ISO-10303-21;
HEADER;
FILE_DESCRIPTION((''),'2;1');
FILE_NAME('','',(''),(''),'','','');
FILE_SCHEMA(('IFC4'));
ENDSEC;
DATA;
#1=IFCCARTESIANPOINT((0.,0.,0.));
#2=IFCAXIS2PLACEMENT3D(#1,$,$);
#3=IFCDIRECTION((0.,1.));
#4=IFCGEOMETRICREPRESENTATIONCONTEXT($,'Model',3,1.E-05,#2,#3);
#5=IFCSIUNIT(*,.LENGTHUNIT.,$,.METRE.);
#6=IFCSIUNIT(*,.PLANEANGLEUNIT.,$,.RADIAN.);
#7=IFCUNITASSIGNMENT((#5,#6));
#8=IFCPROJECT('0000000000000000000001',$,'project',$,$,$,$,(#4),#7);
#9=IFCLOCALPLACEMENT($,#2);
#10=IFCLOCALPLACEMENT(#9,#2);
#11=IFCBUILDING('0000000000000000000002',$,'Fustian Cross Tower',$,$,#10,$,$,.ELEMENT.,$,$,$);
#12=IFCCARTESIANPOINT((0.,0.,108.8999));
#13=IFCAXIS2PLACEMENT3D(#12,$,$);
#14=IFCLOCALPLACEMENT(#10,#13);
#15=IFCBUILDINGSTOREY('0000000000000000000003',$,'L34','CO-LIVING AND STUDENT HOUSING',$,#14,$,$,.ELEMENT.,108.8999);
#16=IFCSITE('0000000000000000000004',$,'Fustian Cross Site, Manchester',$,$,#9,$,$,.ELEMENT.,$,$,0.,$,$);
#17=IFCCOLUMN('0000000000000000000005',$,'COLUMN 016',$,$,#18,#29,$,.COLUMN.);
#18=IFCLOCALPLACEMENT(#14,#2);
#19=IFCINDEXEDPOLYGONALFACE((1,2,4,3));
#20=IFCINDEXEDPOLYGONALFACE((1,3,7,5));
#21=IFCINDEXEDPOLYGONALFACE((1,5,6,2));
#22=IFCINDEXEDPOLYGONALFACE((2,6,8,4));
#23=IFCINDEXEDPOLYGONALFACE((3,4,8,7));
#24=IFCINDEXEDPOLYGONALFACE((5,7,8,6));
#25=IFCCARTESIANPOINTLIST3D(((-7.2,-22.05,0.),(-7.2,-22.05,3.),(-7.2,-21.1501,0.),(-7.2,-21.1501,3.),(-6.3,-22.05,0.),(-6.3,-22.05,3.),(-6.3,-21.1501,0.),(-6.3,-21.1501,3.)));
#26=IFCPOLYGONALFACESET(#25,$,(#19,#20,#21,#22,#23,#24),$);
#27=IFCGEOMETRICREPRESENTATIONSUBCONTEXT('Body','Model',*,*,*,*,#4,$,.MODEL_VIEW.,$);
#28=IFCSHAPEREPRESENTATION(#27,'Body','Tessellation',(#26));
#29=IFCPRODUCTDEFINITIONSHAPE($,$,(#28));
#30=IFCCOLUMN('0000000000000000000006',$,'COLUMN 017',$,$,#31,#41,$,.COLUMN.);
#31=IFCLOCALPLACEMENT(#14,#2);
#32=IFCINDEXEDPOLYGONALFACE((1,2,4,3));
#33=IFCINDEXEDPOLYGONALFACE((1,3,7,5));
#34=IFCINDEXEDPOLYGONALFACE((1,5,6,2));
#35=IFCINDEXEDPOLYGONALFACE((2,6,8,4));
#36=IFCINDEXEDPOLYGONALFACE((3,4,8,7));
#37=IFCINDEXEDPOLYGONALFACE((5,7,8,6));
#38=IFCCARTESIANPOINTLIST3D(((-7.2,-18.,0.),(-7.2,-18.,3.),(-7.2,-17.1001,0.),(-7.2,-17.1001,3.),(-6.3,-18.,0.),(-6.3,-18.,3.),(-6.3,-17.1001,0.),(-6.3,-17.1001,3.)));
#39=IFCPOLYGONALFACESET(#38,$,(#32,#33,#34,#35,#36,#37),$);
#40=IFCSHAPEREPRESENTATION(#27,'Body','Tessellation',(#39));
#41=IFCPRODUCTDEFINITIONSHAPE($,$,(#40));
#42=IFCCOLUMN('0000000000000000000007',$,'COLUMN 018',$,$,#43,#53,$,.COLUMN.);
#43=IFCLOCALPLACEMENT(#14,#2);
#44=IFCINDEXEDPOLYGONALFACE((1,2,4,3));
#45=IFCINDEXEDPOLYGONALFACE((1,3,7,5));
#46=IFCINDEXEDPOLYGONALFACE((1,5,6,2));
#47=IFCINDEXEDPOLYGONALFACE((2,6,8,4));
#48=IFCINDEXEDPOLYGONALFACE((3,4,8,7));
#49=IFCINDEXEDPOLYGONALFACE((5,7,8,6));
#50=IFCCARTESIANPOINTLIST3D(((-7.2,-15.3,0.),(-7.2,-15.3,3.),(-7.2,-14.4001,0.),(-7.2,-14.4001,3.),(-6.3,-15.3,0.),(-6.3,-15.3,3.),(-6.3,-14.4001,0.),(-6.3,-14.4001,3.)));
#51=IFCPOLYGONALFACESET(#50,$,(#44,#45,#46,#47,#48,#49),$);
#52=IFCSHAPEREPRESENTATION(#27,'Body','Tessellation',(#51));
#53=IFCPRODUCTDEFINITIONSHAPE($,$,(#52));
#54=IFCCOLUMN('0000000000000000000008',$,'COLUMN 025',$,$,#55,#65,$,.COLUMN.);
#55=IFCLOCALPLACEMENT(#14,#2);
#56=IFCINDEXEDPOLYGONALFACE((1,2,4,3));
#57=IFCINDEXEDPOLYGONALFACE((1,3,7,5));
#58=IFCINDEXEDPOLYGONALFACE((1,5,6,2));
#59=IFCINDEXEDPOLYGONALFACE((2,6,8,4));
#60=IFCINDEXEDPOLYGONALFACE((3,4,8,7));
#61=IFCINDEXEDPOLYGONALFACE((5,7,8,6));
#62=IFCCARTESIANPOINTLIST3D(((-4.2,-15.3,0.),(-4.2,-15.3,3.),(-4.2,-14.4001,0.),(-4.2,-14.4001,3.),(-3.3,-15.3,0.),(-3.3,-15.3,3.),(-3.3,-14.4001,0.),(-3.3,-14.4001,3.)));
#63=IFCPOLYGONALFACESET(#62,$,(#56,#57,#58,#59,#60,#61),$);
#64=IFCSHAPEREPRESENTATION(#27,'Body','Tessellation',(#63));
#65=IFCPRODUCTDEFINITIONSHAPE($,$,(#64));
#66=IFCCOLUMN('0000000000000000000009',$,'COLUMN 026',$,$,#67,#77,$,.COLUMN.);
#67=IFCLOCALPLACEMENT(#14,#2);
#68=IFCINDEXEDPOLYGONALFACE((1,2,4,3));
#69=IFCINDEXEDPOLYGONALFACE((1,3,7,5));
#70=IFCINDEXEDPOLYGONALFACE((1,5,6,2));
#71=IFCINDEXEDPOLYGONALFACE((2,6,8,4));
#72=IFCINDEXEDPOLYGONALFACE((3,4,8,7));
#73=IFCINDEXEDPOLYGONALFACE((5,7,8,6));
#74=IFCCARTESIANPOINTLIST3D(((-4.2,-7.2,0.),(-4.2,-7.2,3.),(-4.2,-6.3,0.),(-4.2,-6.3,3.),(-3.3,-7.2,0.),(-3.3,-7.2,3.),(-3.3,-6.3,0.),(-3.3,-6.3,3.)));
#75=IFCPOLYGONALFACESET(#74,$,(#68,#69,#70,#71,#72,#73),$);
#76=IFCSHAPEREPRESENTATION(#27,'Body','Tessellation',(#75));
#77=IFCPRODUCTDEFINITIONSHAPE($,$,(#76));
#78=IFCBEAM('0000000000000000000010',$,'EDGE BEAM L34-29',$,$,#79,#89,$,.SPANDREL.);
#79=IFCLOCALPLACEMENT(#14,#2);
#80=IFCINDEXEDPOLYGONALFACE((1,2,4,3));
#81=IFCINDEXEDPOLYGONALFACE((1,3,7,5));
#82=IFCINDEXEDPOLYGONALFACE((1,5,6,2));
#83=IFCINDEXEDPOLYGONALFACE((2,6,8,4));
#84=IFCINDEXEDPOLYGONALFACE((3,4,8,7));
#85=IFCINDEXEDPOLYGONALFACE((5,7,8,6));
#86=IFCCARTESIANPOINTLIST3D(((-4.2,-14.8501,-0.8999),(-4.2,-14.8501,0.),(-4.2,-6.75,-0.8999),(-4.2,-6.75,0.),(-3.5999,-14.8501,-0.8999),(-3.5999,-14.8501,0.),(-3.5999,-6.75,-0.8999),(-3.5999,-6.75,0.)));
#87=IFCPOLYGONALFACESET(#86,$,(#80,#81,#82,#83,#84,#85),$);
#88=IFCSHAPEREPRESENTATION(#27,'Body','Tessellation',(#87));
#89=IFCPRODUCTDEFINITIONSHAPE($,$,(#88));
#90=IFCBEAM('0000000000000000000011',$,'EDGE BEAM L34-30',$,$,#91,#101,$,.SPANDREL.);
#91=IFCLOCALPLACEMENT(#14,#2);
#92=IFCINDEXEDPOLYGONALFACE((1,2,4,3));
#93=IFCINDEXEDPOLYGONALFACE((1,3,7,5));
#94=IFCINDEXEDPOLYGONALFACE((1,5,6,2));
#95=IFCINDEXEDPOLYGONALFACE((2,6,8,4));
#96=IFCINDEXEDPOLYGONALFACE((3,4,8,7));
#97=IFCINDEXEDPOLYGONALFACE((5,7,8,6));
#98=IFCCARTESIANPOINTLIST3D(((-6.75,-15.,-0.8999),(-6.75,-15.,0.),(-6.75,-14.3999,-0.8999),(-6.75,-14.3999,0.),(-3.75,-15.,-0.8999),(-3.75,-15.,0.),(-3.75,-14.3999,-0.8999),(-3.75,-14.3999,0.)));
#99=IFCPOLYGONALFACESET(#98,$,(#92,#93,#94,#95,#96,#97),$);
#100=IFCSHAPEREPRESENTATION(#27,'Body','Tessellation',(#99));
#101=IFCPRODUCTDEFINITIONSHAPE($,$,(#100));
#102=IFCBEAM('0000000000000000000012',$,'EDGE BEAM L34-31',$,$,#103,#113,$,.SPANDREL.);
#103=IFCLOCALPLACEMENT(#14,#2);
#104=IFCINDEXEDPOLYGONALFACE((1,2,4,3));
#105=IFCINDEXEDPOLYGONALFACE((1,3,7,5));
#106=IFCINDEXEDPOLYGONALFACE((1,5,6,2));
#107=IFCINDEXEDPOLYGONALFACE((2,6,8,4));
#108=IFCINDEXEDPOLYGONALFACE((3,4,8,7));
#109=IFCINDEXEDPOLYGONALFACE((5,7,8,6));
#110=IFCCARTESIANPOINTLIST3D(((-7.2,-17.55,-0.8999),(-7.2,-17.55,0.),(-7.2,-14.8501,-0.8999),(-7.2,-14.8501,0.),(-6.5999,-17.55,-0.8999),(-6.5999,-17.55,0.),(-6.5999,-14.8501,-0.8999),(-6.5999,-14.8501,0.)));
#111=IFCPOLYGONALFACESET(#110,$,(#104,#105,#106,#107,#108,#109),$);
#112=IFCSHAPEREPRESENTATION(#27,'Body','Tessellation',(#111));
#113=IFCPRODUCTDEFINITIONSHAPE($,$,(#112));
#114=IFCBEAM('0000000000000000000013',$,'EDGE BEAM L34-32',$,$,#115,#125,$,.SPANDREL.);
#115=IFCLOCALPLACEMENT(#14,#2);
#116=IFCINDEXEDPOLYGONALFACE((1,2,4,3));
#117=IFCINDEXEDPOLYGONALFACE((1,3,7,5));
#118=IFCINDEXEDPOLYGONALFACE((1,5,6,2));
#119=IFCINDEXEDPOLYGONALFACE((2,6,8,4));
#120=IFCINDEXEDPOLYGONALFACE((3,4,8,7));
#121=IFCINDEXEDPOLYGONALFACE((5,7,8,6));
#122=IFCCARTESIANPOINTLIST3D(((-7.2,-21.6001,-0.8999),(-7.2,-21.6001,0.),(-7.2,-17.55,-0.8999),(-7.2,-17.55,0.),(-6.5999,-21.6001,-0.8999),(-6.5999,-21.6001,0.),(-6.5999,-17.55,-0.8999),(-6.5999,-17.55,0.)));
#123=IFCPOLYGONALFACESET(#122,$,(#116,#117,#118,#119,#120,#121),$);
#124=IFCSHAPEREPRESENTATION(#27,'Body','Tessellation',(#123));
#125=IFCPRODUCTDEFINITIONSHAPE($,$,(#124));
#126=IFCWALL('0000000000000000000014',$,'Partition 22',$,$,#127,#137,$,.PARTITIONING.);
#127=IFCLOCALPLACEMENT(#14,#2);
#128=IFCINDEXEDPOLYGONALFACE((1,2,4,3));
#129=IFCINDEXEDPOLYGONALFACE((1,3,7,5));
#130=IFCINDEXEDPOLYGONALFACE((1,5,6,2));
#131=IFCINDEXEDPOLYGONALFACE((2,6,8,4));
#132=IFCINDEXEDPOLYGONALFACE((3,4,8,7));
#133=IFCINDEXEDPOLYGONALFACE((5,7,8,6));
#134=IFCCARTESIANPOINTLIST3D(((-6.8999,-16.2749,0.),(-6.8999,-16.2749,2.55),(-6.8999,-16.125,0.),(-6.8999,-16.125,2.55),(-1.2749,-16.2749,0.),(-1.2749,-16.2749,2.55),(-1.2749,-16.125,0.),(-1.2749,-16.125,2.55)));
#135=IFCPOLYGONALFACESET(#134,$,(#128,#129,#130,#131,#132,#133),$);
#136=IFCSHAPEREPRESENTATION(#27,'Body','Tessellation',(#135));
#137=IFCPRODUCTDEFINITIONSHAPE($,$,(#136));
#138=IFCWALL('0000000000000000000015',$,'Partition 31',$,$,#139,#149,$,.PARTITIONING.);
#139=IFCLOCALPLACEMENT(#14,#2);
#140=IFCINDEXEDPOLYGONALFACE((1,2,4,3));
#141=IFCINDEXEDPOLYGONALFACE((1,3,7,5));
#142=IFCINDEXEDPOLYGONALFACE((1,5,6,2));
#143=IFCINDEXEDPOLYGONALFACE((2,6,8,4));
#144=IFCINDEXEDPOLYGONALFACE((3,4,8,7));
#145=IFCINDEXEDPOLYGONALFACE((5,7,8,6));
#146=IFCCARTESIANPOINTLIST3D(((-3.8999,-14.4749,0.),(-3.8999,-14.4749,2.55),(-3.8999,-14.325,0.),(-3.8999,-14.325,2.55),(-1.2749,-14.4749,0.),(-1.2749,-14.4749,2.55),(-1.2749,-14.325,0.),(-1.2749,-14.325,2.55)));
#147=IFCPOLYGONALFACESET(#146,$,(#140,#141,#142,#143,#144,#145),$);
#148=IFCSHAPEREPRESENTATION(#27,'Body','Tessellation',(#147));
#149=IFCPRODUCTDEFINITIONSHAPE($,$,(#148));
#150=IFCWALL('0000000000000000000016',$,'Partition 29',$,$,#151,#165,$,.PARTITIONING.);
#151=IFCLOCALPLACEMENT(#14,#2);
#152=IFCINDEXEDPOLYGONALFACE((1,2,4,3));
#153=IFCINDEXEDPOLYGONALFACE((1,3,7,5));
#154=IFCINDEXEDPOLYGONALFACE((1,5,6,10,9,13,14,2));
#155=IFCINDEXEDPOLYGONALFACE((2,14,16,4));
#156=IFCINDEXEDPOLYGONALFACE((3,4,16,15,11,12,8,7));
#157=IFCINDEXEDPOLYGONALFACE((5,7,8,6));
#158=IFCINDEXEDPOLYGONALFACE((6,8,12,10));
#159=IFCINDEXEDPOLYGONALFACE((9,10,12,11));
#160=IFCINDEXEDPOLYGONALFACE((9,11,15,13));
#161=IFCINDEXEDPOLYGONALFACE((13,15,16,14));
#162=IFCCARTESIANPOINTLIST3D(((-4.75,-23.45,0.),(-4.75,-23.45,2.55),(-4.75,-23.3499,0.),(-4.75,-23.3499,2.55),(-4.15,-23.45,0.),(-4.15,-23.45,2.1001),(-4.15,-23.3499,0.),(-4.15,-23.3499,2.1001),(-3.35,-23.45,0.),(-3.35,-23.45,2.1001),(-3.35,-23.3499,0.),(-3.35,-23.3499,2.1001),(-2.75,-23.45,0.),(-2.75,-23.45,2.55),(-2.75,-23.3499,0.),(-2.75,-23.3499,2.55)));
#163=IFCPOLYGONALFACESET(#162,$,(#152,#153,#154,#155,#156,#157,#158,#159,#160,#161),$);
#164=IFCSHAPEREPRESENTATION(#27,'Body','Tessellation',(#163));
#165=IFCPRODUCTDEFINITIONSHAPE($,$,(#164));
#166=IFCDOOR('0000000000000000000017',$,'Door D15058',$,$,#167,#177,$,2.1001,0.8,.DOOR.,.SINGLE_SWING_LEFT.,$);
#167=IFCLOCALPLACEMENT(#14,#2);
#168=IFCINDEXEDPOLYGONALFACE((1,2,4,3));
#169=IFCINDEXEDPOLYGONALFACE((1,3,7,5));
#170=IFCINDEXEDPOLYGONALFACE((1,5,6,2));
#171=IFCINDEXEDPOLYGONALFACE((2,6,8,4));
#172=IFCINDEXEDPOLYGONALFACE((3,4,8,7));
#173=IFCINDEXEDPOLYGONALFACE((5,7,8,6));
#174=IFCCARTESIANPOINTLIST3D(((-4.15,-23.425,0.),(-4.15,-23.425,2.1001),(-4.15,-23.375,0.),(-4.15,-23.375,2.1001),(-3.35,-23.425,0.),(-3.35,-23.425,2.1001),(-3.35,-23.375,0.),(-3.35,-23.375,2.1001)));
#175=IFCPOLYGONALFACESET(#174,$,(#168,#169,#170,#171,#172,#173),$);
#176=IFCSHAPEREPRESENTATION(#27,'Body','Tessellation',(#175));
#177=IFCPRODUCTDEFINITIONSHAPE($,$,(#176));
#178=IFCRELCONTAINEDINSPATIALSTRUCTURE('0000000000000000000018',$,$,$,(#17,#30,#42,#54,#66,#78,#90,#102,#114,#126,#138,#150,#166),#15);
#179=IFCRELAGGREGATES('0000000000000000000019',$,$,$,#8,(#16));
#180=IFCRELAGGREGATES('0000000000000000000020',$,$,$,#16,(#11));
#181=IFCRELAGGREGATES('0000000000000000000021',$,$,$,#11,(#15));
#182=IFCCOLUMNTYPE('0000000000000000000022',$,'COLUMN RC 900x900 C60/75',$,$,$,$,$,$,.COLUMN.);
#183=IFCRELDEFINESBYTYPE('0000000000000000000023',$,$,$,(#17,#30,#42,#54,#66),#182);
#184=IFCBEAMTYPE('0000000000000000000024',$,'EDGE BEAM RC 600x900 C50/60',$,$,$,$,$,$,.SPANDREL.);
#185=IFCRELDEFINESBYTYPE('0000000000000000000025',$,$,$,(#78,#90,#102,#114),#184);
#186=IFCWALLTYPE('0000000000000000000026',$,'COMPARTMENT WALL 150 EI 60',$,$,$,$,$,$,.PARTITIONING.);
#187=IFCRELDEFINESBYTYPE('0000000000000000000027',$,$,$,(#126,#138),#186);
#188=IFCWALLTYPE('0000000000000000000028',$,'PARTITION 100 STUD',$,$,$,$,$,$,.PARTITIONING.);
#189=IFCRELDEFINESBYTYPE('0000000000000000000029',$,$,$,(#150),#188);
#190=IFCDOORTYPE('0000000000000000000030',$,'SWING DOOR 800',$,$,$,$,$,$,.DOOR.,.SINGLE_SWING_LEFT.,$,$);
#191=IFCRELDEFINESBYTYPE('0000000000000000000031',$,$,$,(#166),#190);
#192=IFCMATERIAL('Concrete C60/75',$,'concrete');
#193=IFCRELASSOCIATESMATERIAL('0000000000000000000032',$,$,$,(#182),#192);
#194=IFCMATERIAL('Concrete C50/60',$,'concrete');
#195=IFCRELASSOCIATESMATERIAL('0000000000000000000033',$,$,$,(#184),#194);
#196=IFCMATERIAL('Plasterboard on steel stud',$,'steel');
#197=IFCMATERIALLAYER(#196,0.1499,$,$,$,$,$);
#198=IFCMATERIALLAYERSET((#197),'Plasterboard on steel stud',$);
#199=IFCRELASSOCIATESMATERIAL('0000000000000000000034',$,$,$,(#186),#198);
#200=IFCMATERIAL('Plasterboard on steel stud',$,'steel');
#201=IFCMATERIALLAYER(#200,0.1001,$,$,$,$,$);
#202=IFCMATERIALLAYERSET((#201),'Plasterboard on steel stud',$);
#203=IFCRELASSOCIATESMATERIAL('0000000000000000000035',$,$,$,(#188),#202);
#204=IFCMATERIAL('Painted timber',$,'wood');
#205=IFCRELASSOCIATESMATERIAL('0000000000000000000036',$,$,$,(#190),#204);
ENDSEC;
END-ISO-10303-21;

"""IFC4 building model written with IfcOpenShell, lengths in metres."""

from ifc_helpers import new_model, si_unit, direction, frame, frame_2d, origin, origin_2d, place, context, subcontext, project, spatial, rectangle, extrude, material, layer, layer_set, material_profile, profile_set, type_object, element, fill, save


model = new_model("IFC4")

# Units and contexts
model_context = context("Model", 3, precision=1e-05, world=origin(), true_north=direction((0.0, 1.0)))
body_context = subcontext(model_context, "Body", "Model", "MODEL_VIEW")
ifc_project = project(units=[si_unit("LENGTHUNIT", "METRE"), si_unit("PLANEANGLEUNIT", "RADIAN")], contexts=[model_context])

# Site, building, storey
site_placement = place(None, origin())
site = spatial("IfcSite", under=ifc_project, at=site_placement, Name="Fustian Cross Site, Manchester", CompositionType="ELEMENT", RefElevation=0.0)
building_placement = place(site_placement, origin())
building = spatial("IfcBuilding", under=site, at=building_placement, Name="Fustian Cross Tower", CompositionType="ELEMENT")
storey_placement = place(building_placement, frame((0.0, 0.0, 108.8999)))
storey = spatial("IfcBuildingStorey", under=building, at=storey_placement, Name="L34", Description="CO-LIVING AND STUDENT HOUSING", CompositionType="ELEMENT", Elevation=108.8999)

# Columns
ifc_material_1 = material(Name="Concrete C60/75", Category="concrete")
ifc_material_profile_1 = material_profile(ifc_material_1, rectangle(XDim=0.8999, YDim=0.8999, at=origin_2d()), Name="RC 900x900")
ifc_profile_set_1 = profile_set([ifc_material_profile_1], Name="Concrete C60/75")
column_type = type_object("IfcColumnType", Name="COLUMN RC 900x900 C60/75", PredefinedType="COLUMN", material=ifc_profile_set_1)
for number, where, z_axis, x_axis, name in (
    (1, (-6.75, -21.6001, 0.0), (0.0, 0.0, 1.0), (1.0, 0.0, 0.0), "COLUMN 016"),
    (2, (-6.75, -17.55, 0.0), (0.0, 0.0, 1.0), (1.0, 0.0, 0.0), "COLUMN 017"),
    (3, (-6.75, -14.8501, 0.0), (0.0, 0.0, 1.0), (1.0, 0.0, 0.0), "COLUMN 018"),
    (4, (-3.75, -14.8501, 0.0), (0.0, 0.0, 1.0), (1.0, 0.0, 0.0), "COLUMN 025"),
    (5, (-3.75, -6.75, 0.0), (0.0, 0.0, 1.0), (1.0, 0.0, 0.0), "COLUMN 026"),
):
    element("IfcColumn", number, at=place(storey_placement, frame(where, z_axis=z_axis, x_axis=x_axis)), inside=storey, type_object=column_type, Name=name, PredefinedType="COLUMN", context=body_context, shape_type="SweptSolid", body=[
        extrude(rectangle(XDim=0.8999, YDim=0.8999, at=origin_2d()), origin(), (0.0, 0.0, 1.0), 3.0),
    ])

# Beams
ifc_material_2 = material(Name="Concrete C50/60", Category="concrete")
ifc_material_profile_2 = material_profile(ifc_material_2, rectangle(XDim=0.6001, YDim=0.8999, at=origin_2d()), Name="RC 600x900")
ifc_profile_set_2 = profile_set([ifc_material_profile_2], Name="Concrete C50/60")
beam_type = type_object("IfcBeamType", Name="EDGE BEAM RC 600x900 C50/60", PredefinedType="SPANDREL", material=ifc_profile_set_2)
beam_1_placement = place(storey_placement, frame((-3.8999, -6.75, -0.45), z_axis=(0.0, -1.0, 0.0), x_axis=(1.0, 0.0, 0.0)))
element("IfcBeam", 6, at=beam_1_placement, inside=storey, type_object=beam_type, Name="EDGE BEAM L34-29", PredefinedType="SPANDREL", context=body_context, shape_type="SweptSolid", body=[
    extrude(rectangle(XDim=0.6001, YDim=0.8999, at=origin_2d()), origin(), (0.0, 0.0, 1.0), 8.1001),
])
beam_2_placement = place(storey_placement, frame((-3.75, -14.7, -0.45), z_axis=(-1.0, 0.0, 0.0), x_axis=(0.0, -1.0, 0.0)))
element("IfcBeam", 7, at=beam_2_placement, inside=storey, type_object=beam_type, Name="EDGE BEAM L34-30", PredefinedType="SPANDREL", context=body_context, shape_type="SweptSolid", body=[
    extrude(rectangle(XDim=0.6001, YDim=0.8999, at=origin_2d()), origin(), (0.0, 0.0, 1.0), 3.0),
])
beam_3_placement = place(storey_placement, frame((-6.8999, -14.8501, -0.45), z_axis=(0.0, -1.0, 0.0), x_axis=(1.0, 0.0, 0.0)))
element("IfcBeam", 8, at=beam_3_placement, inside=storey, type_object=beam_type, Name="EDGE BEAM L34-31", PredefinedType="SPANDREL", context=body_context, shape_type="SweptSolid", body=[
    extrude(rectangle(XDim=0.6001, YDim=0.8999, at=origin_2d()), origin(), (0.0, 0.0, 1.0), 2.7),
])
beam_4_placement = place(storey_placement, frame((-6.8999, -17.55, -0.45), z_axis=(0.0, -1.0, 0.0), x_axis=(1.0, 0.0, 0.0)))
element("IfcBeam", 9, at=beam_4_placement, inside=storey, type_object=beam_type, Name="EDGE BEAM L34-32", PredefinedType="SPANDREL", context=body_context, shape_type="SweptSolid", body=[
    extrude(rectangle(XDim=0.6001, YDim=0.8999, at=origin_2d()), origin(), (0.0, 0.0, 1.0), 4.05),
])

# Walls
ifc_material_3 = material(Name="Plasterboard on steel stud", Category="steel")
ifc_layer_1 = layer(ifc_material_3, 0.1499)
ifc_layer_set_1 = layer_set([ifc_layer_1], Name="Plasterboard on steel stud")
wall_type_1 = type_object("IfcWallType", Name="COMPARTMENT WALL 150 EI 60", PredefinedType="PARTITIONING", material=ifc_layer_set_1)
wall_1_placement = place(storey_placement, frame((-6.8999, -16.2, 0.0), z_axis=(0.0, 0.0, 1.0), x_axis=(1.0, 0.0, 0.0)))
element("IfcWall", 10, at=wall_1_placement, inside=storey, type_object=wall_type_1, Name="Partition 22", PredefinedType="PARTITIONING", context=body_context, shape_type="SweptSolid", body=[
    extrude(rectangle(XDim=5.625, YDim=0.1499, at=frame_2d((2.8125, 0.0))), origin(), (0.0, 0.0, 1.0), 2.55),
])
wall_2_placement = place(storey_placement, frame((-3.8999, -14.3999, 0.0), z_axis=(0.0, 0.0, 1.0), x_axis=(1.0, 0.0, 0.0)))
element("IfcWall", 11, at=wall_2_placement, inside=storey, type_object=wall_type_1, Name="Partition 31", PredefinedType="PARTITIONING", context=body_context, shape_type="SweptSolid", body=[
    extrude(rectangle(XDim=2.625, YDim=0.1499, at=frame_2d((1.3125, 0.0))), origin(), (0.0, 0.0, 1.0), 2.55),
])

# Wall, opening, door
ifc_material_4 = material(Name="Plasterboard on steel stud", Category="steel")
ifc_layer_2 = layer(ifc_material_4, 0.1001)
ifc_layer_set_2 = layer_set([ifc_layer_2], Name="Plasterboard on steel stud")
wall_type_2 = type_object("IfcWallType", Name="PARTITION 100 STUD", PredefinedType="PARTITIONING", material=ifc_layer_set_2)
wall_3_placement = place(storey_placement, frame((-4.75, -23.3999, 0.0), z_axis=(0.0, 0.0, 1.0), x_axis=(1.0, 0.0, 0.0)))
wall_3 = element("IfcWall", 12, at=wall_3_placement, inside=storey, type_object=wall_type_2, Name="Partition 29", PredefinedType="PARTITIONING", context=body_context, shape_type="SweptSolid", body=[
    extrude(rectangle(XDim=2.0, YDim=0.1001, at=frame_2d((1.0, 0.0))), origin(), (0.0, 0.0, 1.0), 2.55),
])
opening_1_placement = place(wall_3_placement, frame((0.6001, 0.0, 0.0)))
opening_1 = element("IfcOpeningElement", 13, at=opening_1_placement, cuts=wall_3, PredefinedType="OPENING", context=body_context, shape_type="SweptSolid", body=[
    extrude(rectangle(XDim=0.8, YDim=2.1001, at=frame_2d((0.3999, 1.05))), frame((0.0, 0.0601, 0.0), z_axis=(0.0, -1.0, 0.0), x_axis=(1.0, 0.0, 0.0)), (0.0, 0.0, 1.0), 0.1201),
])
ifc_material_5 = material(Name="Painted timber", Category="wood")
door_type_1 = type_object("IfcDoorType", Name="SWING DOOR 800", OperationType="SINGLE_SWING_LEFT", PredefinedType="DOOR", material=ifc_material_5)
door_1_placement = place(opening_1_placement, origin())
door_1 = element("IfcDoor", 14, at=door_1_placement, inside=storey, type_object=door_type_1, Name="Door D15058", OperationType="SINGLE_SWING_LEFT", OverallHeight=2.1001, OverallWidth=0.8, PredefinedType="DOOR", context=body_context, shape_type="SweptSolid", body=[
    extrude(rectangle(XDim=0.8, YDim=2.1001, at=frame_2d((0.3999, 1.05))), frame((0.0, 0.0249, 0.0), z_axis=(0.0, -1.0, 0.0), x_axis=(1.0, 0.0, 0.0)), (0.0, 0.0, 1.0), 0.05),
])
fill(opening_1, door_1)

save(model, "model.ifc")
